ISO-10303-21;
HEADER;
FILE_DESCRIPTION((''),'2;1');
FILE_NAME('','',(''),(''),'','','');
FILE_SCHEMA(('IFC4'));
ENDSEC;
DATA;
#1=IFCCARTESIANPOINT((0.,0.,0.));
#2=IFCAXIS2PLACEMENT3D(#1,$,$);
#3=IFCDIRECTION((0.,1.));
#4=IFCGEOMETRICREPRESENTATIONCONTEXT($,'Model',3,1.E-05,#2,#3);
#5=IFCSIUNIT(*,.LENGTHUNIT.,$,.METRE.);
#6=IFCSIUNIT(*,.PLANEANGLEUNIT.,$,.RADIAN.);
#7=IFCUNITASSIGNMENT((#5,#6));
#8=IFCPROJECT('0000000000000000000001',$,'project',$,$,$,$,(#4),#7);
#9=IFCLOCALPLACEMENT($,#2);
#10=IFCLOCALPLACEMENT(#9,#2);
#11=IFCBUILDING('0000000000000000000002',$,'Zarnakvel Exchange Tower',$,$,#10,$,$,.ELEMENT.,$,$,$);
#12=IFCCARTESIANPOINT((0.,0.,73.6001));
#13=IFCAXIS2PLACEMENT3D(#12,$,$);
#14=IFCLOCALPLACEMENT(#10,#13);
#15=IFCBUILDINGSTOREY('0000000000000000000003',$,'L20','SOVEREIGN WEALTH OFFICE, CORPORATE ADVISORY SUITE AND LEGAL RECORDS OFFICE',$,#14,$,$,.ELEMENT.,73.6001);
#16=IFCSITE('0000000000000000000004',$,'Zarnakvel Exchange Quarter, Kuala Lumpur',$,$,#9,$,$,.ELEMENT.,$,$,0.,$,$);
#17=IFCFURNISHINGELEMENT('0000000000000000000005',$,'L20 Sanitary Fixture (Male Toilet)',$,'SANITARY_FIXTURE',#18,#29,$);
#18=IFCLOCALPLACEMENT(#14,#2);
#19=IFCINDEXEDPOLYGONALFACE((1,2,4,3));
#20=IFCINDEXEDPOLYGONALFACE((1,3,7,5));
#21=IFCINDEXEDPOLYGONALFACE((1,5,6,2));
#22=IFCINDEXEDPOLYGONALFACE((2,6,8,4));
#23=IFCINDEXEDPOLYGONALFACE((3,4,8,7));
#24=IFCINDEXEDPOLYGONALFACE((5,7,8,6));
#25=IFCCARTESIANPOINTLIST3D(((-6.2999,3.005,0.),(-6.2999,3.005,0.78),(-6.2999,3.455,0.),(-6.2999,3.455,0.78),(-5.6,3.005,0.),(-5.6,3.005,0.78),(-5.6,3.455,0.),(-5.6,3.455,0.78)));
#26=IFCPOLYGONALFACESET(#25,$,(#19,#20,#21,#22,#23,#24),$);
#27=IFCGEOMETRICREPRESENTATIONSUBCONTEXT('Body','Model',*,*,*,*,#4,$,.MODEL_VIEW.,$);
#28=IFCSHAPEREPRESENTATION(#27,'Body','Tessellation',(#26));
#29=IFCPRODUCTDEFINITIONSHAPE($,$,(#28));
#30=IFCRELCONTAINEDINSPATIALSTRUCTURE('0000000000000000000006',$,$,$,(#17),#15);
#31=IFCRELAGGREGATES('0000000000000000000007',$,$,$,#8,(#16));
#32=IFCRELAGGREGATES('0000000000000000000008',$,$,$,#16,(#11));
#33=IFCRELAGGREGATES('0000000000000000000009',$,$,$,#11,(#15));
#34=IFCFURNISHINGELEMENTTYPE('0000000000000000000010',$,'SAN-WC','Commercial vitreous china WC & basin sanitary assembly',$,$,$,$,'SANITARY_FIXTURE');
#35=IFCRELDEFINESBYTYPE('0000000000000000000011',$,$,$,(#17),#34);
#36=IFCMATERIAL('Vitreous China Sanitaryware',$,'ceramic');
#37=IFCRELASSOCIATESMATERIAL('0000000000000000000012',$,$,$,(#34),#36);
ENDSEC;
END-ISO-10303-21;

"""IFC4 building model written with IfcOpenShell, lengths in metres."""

from ifc_helpers import new_model, si_unit, direction, frame, origin, origin_2d, place, context, subcontext, project, spatial, rectangle, extrude, source, transform, mapped, material, type_object, element, save


model = new_model("IFC4")

# Units and contexts
model_context = context("Model", 3, precision=1e-05, world=origin(), true_north=direction((0.0, 1.0)))
body_context = subcontext(model_context, "Body", "Model", "MODEL_VIEW")
ifc_project = project(units=[si_unit("LENGTHUNIT", "METRE"), si_unit("PLANEANGLEUNIT", "RADIAN")], contexts=[model_context])

# Site, building, storey
site_placement = place(None, origin())
site = spatial("IfcSite", under=ifc_project, at=site_placement, Name="Zarnakvel Exchange Quarter, Kuala Lumpur", CompositionType="ELEMENT", RefElevation=0.0)
building_placement = place(site_placement, origin())
building = spatial("IfcBuilding", under=site, at=building_placement, Name="Zarnakvel Exchange Tower", CompositionType="ELEMENT")
storey_placement = place(building_placement, frame((0.0, 0.0, 73.6001)))
storey = spatial("IfcBuildingStorey", under=building, at=storey_placement, Name="L20", Description="SOVEREIGN WEALTH OFFICE, CORPORATE ADVISORY SUITE AND LEGAL RECORDS OFFICE", CompositionType="ELEMENT", Elevation=73.6001)

# Furnishing element
ifc_material_1 = material(Name="Vitreous China Sanitaryware", Category="ceramic")
furnishing_element_type = type_object("IfcFurnishingElementType", Name="SAN-WC", Description="Commercial vitreous china WC & basin sanitary assembly", ElementType="SANITARY_FIXTURE", material=ifc_material_1)
shared_shape_1 = source(origin(), body_context, "Body", "SweptSolid", [
    extrude(rectangle(XDim=0.7, YDim=0.45, at=origin_2d()), origin(), (0.0, 0.0, 1.0), 0.78),
])
furnishing_placement = place(storey_placement, frame((-5.95, 3.23, 0.0), z_axis=(0.0, 0.0, 1.0), x_axis=(1.0, 0.0, 0.0)))
element("IfcFurnishingElement", 1, at=furnishing_placement, inside=storey, type_object=furnishing_element_type, Name="L20 Sanitary Fixture (Male Toilet)", ObjectType="SANITARY_FIXTURE", context=body_context, shape_type="MappedRepresentation", body=[
    mapped(shared_shape_1, transform((0.0, 0.0, 0.0), x_axis=(1.0, 0.0, 0.0), y_axis=(0.0, 1.0, 0.0), z_axis=(0.0, 0.0, 1.0), scale=1.0)),
])

save(model, "model.ifc")
